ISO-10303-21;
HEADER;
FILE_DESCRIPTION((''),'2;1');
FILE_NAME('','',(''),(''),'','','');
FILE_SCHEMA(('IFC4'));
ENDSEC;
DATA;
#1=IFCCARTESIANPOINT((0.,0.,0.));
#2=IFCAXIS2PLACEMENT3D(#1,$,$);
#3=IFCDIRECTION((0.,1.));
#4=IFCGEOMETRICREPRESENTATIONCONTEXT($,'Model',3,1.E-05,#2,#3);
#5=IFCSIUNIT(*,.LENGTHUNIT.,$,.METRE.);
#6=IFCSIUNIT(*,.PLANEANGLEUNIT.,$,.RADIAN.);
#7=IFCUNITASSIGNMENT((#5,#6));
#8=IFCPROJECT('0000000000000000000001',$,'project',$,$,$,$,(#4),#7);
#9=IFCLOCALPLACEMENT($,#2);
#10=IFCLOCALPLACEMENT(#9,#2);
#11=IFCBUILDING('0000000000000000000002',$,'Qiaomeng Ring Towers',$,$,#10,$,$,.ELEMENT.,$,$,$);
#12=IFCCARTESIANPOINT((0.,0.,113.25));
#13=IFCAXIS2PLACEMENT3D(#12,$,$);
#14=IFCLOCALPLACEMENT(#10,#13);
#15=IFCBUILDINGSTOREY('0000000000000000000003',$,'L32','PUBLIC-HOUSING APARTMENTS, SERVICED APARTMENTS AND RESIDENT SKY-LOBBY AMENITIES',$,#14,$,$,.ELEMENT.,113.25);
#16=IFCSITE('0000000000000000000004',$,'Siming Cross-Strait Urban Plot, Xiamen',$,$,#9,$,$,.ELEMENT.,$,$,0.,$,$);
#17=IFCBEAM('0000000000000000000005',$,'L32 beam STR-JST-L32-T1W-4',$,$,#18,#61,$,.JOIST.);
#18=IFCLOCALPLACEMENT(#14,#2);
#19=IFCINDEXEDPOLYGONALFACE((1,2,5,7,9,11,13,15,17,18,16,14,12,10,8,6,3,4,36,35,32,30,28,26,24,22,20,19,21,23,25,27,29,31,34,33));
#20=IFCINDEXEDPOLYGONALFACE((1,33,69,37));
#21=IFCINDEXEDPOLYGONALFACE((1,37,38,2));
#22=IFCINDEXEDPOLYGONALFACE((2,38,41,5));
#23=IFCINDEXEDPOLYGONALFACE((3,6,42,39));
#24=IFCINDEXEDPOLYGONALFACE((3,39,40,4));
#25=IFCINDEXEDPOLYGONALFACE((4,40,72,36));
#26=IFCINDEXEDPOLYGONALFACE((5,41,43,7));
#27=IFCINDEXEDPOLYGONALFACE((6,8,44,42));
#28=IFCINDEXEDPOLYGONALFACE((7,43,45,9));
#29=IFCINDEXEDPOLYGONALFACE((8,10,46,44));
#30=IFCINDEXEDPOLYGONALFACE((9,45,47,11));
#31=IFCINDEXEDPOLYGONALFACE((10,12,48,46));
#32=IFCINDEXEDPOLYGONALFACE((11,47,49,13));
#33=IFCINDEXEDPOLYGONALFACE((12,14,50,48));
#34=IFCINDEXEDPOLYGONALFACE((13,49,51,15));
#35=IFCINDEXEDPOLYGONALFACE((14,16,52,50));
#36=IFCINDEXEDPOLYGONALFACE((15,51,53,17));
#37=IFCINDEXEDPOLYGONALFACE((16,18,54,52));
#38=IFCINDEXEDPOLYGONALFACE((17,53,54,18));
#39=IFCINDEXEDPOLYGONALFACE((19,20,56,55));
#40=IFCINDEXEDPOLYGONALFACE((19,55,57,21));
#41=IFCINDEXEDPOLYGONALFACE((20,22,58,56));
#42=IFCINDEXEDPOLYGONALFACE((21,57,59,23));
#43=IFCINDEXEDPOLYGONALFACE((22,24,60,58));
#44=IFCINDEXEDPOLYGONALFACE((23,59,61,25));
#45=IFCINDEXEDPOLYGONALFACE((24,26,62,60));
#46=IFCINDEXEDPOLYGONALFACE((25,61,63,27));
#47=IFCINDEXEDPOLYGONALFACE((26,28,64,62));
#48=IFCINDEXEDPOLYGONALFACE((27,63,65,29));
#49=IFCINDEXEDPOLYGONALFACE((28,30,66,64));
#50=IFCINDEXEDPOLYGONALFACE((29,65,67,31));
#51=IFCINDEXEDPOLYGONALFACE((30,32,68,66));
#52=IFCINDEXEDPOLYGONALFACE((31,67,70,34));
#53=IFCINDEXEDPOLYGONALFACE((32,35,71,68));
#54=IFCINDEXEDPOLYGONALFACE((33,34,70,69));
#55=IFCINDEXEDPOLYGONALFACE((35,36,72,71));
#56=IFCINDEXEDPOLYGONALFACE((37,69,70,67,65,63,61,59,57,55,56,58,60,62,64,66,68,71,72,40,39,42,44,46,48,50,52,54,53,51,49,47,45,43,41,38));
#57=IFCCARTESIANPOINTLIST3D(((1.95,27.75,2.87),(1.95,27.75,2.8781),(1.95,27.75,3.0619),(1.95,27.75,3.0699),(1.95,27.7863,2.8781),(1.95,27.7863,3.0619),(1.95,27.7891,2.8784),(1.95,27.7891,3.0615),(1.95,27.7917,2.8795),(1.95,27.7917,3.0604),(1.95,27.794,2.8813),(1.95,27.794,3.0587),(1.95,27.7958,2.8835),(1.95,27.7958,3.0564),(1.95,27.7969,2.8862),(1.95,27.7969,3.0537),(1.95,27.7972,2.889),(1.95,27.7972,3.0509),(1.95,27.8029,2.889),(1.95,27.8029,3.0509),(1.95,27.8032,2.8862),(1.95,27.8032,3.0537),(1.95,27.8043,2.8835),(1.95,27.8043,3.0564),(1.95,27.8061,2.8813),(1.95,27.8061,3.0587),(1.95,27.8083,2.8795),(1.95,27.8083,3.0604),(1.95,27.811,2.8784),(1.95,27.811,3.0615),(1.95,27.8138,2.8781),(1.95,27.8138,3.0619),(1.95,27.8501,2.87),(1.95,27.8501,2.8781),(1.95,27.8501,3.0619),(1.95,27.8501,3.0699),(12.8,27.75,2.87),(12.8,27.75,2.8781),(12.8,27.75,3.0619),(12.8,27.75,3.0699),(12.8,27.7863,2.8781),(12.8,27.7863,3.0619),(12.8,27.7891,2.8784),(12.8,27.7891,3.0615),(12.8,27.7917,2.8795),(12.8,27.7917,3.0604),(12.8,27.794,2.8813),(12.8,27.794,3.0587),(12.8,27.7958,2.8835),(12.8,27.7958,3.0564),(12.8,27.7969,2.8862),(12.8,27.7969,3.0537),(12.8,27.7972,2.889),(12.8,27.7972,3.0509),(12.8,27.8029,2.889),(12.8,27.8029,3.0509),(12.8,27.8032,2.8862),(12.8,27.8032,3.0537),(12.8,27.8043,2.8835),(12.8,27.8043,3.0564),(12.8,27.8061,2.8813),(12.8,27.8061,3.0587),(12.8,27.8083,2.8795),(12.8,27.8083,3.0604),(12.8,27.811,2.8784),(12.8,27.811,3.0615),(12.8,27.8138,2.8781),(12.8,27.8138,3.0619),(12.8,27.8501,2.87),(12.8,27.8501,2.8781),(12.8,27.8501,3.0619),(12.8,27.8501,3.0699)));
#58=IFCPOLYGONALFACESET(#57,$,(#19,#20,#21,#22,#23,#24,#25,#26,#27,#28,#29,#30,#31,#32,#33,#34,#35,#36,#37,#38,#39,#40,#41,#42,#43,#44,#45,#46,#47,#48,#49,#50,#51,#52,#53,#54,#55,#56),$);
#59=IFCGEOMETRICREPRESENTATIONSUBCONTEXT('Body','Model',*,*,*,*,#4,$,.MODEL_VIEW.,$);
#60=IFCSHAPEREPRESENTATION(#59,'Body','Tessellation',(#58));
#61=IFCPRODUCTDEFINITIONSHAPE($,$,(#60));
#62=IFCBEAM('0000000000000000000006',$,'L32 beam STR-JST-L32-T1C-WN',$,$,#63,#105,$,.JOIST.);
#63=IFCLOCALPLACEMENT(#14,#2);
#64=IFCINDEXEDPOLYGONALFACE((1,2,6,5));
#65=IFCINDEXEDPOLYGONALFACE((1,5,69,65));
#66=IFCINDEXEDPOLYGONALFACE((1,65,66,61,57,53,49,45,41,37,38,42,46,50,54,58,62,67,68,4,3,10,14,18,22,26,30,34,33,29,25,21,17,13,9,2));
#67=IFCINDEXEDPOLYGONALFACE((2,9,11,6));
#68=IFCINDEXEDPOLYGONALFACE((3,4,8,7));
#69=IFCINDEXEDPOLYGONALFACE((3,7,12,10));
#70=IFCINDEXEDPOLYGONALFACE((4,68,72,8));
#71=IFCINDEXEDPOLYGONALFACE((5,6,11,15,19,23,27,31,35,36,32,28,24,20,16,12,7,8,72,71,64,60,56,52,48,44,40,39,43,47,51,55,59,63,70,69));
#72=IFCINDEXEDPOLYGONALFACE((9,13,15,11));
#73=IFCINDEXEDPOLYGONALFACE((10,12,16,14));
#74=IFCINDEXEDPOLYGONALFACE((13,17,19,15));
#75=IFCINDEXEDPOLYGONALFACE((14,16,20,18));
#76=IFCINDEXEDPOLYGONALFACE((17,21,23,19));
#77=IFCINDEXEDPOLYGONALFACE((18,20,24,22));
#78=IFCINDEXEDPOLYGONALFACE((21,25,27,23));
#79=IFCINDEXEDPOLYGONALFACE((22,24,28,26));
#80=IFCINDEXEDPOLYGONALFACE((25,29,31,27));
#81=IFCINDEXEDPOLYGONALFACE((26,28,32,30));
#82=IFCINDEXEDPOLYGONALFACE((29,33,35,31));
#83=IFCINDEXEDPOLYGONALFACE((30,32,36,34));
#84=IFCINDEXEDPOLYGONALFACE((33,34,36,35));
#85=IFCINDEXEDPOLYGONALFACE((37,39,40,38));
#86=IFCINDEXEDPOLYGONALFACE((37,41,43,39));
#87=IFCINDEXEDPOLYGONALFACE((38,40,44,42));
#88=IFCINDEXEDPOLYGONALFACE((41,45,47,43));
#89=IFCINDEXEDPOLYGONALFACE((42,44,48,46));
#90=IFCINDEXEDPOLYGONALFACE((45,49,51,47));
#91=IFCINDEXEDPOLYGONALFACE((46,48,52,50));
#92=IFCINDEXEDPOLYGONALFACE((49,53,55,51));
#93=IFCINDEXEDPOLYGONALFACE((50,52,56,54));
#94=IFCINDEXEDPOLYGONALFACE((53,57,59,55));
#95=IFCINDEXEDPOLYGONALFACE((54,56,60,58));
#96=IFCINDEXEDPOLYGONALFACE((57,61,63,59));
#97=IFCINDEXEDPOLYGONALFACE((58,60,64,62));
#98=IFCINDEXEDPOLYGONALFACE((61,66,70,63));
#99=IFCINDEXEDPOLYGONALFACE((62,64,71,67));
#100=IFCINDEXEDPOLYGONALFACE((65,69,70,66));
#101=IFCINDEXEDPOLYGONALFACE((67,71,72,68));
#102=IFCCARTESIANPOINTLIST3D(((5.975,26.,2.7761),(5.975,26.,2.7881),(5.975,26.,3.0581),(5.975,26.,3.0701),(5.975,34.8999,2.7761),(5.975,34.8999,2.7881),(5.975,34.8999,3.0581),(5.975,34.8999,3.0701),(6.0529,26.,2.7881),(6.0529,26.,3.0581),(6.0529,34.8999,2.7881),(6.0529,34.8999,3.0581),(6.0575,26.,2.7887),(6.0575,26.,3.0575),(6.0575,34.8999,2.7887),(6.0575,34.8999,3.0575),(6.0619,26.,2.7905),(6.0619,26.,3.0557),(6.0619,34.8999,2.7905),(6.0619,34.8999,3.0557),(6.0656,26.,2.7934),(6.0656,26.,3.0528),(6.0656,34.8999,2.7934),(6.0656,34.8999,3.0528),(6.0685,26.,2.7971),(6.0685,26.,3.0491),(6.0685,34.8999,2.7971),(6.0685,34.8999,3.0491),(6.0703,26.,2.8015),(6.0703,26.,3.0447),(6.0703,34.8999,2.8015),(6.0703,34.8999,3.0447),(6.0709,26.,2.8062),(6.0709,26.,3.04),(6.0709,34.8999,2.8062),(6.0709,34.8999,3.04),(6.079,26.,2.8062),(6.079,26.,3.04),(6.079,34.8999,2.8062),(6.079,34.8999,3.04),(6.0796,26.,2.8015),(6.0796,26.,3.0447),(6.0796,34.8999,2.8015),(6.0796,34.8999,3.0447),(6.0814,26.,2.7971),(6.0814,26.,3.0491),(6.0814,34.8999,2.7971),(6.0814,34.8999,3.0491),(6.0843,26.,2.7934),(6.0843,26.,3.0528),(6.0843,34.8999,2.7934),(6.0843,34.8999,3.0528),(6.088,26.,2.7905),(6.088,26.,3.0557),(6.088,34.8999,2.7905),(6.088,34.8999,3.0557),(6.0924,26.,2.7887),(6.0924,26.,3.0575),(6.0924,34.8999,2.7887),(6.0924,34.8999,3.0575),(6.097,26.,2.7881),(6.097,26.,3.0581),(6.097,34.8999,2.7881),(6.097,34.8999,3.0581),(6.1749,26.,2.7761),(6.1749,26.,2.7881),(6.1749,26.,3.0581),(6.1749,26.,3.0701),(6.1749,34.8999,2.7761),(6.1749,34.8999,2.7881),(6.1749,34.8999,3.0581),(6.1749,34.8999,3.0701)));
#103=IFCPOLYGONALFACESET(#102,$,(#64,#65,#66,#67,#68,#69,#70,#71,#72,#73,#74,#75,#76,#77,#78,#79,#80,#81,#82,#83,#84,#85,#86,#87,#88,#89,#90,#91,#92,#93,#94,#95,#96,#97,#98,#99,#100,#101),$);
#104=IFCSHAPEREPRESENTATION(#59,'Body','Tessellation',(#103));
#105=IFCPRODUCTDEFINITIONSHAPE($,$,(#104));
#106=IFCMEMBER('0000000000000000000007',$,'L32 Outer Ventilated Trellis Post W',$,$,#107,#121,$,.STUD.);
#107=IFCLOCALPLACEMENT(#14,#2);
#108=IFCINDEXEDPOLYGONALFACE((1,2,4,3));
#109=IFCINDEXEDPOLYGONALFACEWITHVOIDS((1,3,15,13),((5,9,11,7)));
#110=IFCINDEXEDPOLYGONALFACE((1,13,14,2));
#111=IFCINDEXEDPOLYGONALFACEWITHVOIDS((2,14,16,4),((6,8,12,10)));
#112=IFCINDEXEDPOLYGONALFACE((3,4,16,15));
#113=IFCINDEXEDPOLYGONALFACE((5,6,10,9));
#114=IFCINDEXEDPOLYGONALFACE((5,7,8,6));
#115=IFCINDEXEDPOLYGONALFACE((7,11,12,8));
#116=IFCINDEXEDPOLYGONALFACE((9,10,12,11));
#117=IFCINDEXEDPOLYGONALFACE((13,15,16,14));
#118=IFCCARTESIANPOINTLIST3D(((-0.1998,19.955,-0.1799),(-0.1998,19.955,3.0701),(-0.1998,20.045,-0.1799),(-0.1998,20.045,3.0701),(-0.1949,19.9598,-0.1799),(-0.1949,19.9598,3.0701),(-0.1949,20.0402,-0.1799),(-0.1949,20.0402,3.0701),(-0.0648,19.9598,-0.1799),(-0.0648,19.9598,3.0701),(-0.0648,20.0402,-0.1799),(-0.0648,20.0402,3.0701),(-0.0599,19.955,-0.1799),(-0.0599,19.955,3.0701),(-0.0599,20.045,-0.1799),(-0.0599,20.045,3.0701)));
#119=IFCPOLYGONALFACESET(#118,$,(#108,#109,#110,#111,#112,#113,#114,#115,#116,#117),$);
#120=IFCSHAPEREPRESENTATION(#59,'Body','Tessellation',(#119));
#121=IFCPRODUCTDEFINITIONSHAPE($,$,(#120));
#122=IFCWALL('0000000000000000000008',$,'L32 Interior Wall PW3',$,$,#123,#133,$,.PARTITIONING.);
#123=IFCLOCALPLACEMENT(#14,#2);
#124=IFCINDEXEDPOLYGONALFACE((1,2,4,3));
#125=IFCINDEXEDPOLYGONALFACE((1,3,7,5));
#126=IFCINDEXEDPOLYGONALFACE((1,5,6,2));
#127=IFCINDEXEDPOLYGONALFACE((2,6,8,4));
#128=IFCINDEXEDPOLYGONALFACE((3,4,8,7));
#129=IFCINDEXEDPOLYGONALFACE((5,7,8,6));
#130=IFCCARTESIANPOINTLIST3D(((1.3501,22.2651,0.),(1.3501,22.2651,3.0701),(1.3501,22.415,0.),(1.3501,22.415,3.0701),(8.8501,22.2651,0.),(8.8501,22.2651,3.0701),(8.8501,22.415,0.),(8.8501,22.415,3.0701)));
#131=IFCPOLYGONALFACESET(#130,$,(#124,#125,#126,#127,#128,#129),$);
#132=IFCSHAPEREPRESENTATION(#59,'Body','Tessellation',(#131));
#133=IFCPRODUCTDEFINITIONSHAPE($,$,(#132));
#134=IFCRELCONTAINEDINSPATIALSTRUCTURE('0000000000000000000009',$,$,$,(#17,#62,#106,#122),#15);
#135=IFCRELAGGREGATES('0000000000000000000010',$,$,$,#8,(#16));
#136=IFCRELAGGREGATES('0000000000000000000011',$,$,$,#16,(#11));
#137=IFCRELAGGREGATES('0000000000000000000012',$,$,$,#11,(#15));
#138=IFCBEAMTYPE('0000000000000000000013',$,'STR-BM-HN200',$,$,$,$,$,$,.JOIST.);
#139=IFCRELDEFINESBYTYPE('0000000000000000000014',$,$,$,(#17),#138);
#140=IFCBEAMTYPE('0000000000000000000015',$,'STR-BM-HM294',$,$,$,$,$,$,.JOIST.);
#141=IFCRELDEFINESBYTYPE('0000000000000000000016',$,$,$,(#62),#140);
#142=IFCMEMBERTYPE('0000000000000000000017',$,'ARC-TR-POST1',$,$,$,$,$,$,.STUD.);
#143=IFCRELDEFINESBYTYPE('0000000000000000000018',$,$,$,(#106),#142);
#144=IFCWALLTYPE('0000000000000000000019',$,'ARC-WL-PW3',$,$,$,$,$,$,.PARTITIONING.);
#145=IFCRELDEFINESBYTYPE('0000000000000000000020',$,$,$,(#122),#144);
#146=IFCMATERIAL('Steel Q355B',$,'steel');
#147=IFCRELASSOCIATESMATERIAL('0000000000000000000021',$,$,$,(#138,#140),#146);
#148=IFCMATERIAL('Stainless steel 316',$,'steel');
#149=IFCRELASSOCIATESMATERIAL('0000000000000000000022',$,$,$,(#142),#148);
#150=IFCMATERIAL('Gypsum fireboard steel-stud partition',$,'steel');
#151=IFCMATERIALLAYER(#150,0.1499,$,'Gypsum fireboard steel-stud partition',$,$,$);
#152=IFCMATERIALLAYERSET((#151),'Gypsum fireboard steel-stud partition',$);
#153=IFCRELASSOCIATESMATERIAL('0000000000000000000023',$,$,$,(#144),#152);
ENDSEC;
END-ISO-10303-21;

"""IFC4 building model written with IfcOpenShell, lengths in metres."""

from ifc_helpers import new_model, si_unit, direction, frame, frame_2d, origin, origin_2d, place, context, subcontext, project, spatial, rectangle, hollow_rectangle, i_section, extrude, source, transform, mapped, material, layer, layer_set, material_profile, profile_set, type_object, element, save


model = new_model("IFC4")

# Units and contexts
model_context = context("Model", 3, precision=1e-05, world=origin(), true_north=direction((0.0, 1.0)))
body_context = subcontext(model_context, "Body", "Model", "MODEL_VIEW")
ifc_project = project(units=[si_unit("LENGTHUNIT", "METRE"), si_unit("PLANEANGLEUNIT", "RADIAN")], contexts=[model_context])

# Site, building, storey
site_placement = place(None, origin())
site = spatial("IfcSite", under=ifc_project, at=site_placement, Name="Siming Cross-Strait Urban Plot, Xiamen", CompositionType="ELEMENT", RefElevation=0.0)
building_placement = place(site_placement, origin())
building = spatial("IfcBuilding", under=site, at=building_placement, Name="Qiaomeng Ring Towers", CompositionType="ELEMENT")
storey_placement = place(building_placement, frame((0.0, 0.0, 113.25)))
storey = spatial("IfcBuildingStorey", under=building, at=storey_placement, Name="L32", Description="PUBLIC-HOUSING APARTMENTS, SERVICED APARTMENTS AND RESIDENT SKY-LOBBY AMENITIES", CompositionType="ELEMENT", Elevation=113.25)

# Beams
ifc_material_1 = material(Name="Steel Q355B", Category="steel")
ifc_material_profile_1 = material_profile(ifc_material_1, i_section(OverallWidth=0.1001, OverallDepth=0.2, WebThickness=0.0056, FlangeThickness=0.0081, FilletRadius=0.011, at=origin_2d()), Name="HN 200x100x5.5x8")
ifc_profile_set_1 = profile_set([ifc_material_profile_1], Name="Steel Q355B")
beam_type_1 = type_object("IfcBeamType", Name="STR-BM-HN200", PredefinedType="JOIST", material=ifc_profile_set_1)
shared_shape_1 = source(origin(), body_context, "Body", "SweptSolid", [
    extrude(i_section(OverallWidth=0.1001, OverallDepth=0.2, WebThickness=0.0056, FlangeThickness=0.0081, FilletRadius=0.011, at=origin_2d()), origin(), (0.0, 0.0, 1.0), 10.8501),
])
for number, where, z_axis, x_axis, name in (
    (1, (1.95, 27.8, 2.97), (1.0, 0.0, 0.0), (0.0, 1.0, 0.0), "L32 beam STR-JST-L32-T1W-4"),
):
    element("IfcBeam", number, at=place(storey_placement, frame(where, z_axis=z_axis, x_axis=x_axis)), inside=storey, type_object=beam_type_1, Name=name, PredefinedType="JOIST", context=body_context, shape_type="MappedRepresentation", body=[
        mapped(shared_shape_1, transform((0.0, 0.0, 0.0), x_axis=(1.0, 0.0, 0.0), y_axis=(0.0, 1.0, 0.0), z_axis=(0.0, 0.0, 1.0), scale=1.0)),
    ])
ifc_material_profile_2 = material_profile(ifc_material_1, i_section(OverallWidth=0.2, OverallDepth=0.2939, WebThickness=0.0081, FlangeThickness=0.012, FilletRadius=0.0181, at=origin_2d()), Name="HM 294x200x8x12")
ifc_profile_set_2 = profile_set([ifc_material_profile_2], Name="Steel Q355B")
beam_type_2 = type_object("IfcBeamType", Name="STR-BM-HM294", PredefinedType="JOIST", material=ifc_profile_set_2)
shared_shape_2 = source(origin(), body_context, "Body", "SweptSolid", [
    extrude(i_section(OverallWidth=0.2, OverallDepth=0.2939, WebThickness=0.0081, FlangeThickness=0.012, FilletRadius=0.0181, at=origin_2d()), origin(), (0.0, 0.0, 1.0), 8.8999),
])
beam_1_placement = place(storey_placement, frame((6.075, 26.0, 2.9231), z_axis=(0.0, 1.0, 0.0), x_axis=(-1.0, 0.0, 0.0)))
element("IfcBeam", 2, at=beam_1_placement, inside=storey, type_object=beam_type_2, Name="L32 beam STR-JST-L32-T1C-WN", PredefinedType="JOIST", context=body_context, shape_type="MappedRepresentation", body=[
    mapped(shared_shape_2, transform((0.0, 0.0, 0.0), x_axis=(1.0, 0.0, 0.0), y_axis=(0.0, 1.0, 0.0), z_axis=(0.0, 0.0, 1.0), scale=1.0)),
])

# Member
ifc_material_2 = material(Name="Stainless steel 316", Category="steel")
ifc_material_profile_3 = material_profile(ifc_material_2, hollow_rectangle(XDim=0.0901, YDim=0.1399, WallThickness=0.0049, at=origin_2d()), Name="SS TRELLIS 90x140")
ifc_profile_set_3 = profile_set([ifc_material_profile_3], Name="Stainless steel 316")
member_type = type_object("IfcMemberType", Name="ARC-TR-POST1", PredefinedType="STUD", material=ifc_profile_set_3)
shared_shape_3 = source(origin(), body_context, "Body", "SweptSolid", [
    extrude(hollow_rectangle(XDim=0.0901, YDim=0.1399, WallThickness=0.0049, at=origin_2d()), origin(), (0.0, 0.0, 1.0), 3.25),
])
member_placement = place(storey_placement, frame((-0.1299, 20.0, -0.1799), z_axis=(0.0, 0.0, 1.0), x_axis=(0.0, 1.0, 0.0)))
element("IfcMember", 3, at=member_placement, inside=storey, type_object=member_type, Name="L32 Outer Ventilated Trellis Post W", PredefinedType="STUD", context=body_context, shape_type="MappedRepresentation", body=[
    mapped(shared_shape_3, transform((0.0, 0.0, 0.0), x_axis=(1.0, 0.0, 0.0), y_axis=(0.0, 1.0, 0.0), z_axis=(0.0, 0.0, 1.0), scale=1.0)),
])

# Wall
ifc_material_3 = material(Name="Gypsum fireboard steel-stud partition", Category="steel")
ifc_layer_1 = layer(ifc_material_3, 0.1499, Name="Gypsum fireboard steel-stud partition")
ifc_layer_set_1 = layer_set([ifc_layer_1], Name="Gypsum fireboard steel-stud partition")
wall_type_1 = type_object("IfcWallType", Name="ARC-WL-PW3", PredefinedType="PARTITIONING", material=ifc_layer_set_1)
wall_1_placement = place(storey_placement, frame((1.3501, 22.3401, 0.0), z_axis=(0.0, 0.0, 1.0), x_axis=(1.0, 0.0, 0.0)))
element("IfcWall", 4, at=wall_1_placement, inside=storey, type_object=wall_type_1, Name="L32 Interior Wall PW3", PredefinedType="PARTITIONING", context=body_context, shape_type="SweptSolid", body=[
    extrude(rectangle(XDim=7.5, YDim=0.1499, at=frame_2d((3.75, 0.0))), origin(), (0.0, 0.0, 1.0), 3.0701),
])

save(model, "model.ifc")
